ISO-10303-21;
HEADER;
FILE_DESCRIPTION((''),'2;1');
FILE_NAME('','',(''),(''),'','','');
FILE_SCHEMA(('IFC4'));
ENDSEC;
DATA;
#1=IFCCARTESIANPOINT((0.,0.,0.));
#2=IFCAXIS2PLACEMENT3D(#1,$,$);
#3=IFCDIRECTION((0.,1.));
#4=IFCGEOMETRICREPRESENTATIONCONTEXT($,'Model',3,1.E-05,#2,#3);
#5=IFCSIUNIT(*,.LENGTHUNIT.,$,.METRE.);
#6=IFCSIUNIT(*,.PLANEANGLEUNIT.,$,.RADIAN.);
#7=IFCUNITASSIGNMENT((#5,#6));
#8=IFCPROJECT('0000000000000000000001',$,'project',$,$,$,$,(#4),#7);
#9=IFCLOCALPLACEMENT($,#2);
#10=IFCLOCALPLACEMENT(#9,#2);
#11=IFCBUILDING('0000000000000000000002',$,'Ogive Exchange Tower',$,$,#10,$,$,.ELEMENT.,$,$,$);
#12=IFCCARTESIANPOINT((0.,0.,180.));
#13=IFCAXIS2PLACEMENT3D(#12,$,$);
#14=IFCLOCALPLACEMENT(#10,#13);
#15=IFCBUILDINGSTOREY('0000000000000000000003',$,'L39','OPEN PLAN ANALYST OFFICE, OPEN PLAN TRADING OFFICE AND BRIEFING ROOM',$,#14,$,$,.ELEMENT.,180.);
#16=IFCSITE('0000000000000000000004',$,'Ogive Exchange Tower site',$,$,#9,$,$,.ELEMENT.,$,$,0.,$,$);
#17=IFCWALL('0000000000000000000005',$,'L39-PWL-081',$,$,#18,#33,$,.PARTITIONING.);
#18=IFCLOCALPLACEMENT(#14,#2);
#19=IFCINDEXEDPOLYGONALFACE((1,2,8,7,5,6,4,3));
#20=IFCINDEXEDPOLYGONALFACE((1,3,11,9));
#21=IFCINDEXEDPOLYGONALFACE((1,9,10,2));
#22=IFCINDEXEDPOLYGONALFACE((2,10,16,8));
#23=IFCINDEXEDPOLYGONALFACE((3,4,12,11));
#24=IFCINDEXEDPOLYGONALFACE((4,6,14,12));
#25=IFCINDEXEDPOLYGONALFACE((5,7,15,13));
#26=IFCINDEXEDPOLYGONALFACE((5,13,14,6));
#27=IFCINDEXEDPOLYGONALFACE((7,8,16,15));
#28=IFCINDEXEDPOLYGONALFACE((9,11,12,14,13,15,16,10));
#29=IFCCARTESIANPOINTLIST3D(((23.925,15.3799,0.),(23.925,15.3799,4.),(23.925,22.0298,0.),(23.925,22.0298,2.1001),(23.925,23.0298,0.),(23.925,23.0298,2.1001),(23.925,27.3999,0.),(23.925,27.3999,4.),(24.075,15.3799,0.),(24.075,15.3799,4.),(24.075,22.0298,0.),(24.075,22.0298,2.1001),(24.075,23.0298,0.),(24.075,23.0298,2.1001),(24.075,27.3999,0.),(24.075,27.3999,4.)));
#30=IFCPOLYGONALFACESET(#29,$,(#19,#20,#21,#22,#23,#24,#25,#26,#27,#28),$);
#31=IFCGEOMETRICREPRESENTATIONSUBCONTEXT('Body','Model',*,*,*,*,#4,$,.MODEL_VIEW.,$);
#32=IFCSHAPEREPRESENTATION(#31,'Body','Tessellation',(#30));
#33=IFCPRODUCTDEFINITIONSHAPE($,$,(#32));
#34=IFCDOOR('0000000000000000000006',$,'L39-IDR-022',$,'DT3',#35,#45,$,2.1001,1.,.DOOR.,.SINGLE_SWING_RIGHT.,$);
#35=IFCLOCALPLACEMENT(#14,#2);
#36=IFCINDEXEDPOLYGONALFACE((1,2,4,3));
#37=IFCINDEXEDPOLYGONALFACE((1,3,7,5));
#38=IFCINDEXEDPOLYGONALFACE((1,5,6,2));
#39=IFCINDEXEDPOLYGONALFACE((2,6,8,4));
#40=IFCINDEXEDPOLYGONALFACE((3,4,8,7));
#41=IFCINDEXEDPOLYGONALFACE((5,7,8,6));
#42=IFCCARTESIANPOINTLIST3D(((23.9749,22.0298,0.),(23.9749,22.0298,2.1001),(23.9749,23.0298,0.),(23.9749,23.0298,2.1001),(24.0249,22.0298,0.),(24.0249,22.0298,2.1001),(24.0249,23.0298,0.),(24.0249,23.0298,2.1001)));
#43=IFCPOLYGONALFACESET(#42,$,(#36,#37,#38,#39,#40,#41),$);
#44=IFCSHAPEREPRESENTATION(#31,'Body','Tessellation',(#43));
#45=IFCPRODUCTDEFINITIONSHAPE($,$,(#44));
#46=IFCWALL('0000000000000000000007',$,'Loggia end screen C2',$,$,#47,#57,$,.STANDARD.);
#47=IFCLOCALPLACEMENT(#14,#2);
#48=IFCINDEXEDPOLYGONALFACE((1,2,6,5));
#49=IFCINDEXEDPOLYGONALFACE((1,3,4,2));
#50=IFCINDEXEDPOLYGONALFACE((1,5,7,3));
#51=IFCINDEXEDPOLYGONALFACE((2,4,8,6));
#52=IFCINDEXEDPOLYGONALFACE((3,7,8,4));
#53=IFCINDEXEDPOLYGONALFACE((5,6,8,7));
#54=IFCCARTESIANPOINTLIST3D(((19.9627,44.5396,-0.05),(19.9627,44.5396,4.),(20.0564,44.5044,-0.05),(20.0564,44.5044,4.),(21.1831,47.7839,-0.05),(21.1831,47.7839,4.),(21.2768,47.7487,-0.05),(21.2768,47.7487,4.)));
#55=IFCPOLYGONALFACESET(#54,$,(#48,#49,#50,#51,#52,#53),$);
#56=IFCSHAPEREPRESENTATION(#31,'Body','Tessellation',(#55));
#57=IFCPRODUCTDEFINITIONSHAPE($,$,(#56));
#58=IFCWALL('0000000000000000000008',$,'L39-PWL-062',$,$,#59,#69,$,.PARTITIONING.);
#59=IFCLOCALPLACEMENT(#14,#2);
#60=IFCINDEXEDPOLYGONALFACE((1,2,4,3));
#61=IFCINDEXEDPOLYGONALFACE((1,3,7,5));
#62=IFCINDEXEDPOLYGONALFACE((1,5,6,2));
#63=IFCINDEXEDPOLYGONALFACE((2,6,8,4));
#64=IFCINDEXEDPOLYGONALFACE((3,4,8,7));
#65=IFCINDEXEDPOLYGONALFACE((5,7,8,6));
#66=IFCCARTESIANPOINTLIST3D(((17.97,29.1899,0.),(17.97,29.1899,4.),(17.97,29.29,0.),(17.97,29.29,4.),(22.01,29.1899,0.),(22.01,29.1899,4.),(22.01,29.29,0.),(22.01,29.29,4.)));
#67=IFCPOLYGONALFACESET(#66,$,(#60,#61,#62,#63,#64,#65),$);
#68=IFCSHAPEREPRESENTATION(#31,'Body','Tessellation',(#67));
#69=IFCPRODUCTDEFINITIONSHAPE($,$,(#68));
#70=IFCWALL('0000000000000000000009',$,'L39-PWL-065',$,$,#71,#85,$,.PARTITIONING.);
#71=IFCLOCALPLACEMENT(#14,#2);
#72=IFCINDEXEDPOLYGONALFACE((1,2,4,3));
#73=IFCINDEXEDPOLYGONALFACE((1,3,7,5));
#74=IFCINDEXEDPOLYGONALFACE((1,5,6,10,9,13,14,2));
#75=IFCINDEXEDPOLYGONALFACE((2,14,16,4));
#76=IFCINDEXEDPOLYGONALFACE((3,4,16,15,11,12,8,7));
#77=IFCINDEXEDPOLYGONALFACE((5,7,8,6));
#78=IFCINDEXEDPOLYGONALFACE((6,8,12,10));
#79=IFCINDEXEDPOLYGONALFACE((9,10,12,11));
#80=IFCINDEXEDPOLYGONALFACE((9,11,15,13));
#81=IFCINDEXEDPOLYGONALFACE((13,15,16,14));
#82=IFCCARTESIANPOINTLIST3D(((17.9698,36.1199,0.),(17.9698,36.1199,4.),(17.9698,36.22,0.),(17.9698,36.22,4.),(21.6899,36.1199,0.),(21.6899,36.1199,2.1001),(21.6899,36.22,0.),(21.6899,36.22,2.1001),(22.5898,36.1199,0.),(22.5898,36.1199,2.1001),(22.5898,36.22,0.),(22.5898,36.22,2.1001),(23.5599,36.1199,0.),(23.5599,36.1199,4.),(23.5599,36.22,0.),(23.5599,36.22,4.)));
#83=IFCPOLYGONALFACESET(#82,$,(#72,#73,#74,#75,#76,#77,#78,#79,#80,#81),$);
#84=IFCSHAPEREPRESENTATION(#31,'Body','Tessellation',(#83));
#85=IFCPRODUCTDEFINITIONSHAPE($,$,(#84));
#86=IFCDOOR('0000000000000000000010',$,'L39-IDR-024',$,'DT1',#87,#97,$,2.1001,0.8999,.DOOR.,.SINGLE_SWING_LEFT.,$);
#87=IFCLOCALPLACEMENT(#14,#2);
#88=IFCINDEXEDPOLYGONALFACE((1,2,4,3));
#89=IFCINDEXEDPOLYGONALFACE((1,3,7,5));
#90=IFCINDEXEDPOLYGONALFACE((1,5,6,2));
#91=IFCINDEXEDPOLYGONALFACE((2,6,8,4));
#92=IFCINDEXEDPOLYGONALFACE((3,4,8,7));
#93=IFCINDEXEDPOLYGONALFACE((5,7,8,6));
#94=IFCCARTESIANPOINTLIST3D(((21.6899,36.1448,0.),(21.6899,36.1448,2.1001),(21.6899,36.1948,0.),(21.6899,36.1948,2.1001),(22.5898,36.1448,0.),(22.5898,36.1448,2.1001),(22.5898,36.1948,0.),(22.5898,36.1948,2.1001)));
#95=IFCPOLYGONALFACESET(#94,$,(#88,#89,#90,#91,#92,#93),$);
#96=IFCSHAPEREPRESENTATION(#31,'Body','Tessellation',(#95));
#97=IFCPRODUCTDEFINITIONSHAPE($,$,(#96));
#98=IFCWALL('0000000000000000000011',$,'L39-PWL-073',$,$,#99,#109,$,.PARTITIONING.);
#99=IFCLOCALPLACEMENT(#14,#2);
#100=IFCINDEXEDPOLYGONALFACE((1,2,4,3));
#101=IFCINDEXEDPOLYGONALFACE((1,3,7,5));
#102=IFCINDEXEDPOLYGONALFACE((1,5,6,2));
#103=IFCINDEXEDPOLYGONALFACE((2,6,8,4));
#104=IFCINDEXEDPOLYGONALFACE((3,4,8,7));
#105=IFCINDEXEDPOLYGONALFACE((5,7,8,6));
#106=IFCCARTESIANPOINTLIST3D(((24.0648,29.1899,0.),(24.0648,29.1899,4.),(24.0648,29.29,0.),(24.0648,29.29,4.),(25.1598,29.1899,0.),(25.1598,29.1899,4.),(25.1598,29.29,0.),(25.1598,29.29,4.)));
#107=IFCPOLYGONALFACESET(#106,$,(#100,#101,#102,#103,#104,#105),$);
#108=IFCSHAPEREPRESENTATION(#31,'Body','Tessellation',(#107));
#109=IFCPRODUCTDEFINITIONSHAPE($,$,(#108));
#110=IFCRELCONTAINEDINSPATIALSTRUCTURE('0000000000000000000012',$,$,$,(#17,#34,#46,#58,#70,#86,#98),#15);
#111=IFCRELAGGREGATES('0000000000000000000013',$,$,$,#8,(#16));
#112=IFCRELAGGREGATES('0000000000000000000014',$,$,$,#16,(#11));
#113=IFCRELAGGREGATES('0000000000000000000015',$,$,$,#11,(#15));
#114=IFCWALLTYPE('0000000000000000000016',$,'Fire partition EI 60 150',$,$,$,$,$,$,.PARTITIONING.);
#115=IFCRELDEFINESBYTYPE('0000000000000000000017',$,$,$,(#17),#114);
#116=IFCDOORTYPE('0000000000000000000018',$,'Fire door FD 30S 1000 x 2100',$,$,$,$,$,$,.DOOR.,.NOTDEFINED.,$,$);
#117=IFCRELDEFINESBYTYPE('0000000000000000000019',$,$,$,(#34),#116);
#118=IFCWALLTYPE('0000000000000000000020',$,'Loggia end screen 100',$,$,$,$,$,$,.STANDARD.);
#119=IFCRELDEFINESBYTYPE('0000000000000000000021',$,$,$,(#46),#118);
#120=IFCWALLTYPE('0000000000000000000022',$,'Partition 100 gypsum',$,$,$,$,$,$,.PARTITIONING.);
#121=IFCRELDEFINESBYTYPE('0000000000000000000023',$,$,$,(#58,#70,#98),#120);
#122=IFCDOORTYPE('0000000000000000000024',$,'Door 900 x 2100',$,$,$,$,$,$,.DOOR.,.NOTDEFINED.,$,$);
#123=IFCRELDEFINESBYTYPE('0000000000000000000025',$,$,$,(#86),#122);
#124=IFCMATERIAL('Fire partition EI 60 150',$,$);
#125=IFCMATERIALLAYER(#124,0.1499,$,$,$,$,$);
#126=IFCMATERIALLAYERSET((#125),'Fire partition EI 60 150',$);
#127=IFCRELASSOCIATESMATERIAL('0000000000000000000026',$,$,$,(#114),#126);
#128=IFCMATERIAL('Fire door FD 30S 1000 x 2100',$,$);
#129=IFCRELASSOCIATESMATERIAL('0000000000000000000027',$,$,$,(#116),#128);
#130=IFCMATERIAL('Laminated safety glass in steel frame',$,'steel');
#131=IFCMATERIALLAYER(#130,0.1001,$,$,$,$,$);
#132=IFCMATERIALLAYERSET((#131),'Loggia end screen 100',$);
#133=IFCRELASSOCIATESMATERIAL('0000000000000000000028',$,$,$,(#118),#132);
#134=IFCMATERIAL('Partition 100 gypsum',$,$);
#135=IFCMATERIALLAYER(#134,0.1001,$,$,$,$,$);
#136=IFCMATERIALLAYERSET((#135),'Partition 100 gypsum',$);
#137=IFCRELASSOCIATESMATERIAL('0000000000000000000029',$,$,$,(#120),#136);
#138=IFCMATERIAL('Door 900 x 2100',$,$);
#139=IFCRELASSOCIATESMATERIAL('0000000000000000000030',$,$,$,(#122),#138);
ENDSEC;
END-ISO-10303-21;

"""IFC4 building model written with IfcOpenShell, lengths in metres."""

from ifc_helpers import new_model, si_unit, direction, frame, frame_2d, origin, place, context, subcontext, project, spatial, rectangle, extrude, material, layer, layer_set, type_object, element, fill, save


model = new_model("IFC4")

# Units and contexts
model_context = context("Model", 3, precision=1e-05, world=origin(), true_north=direction((0.0, 1.0)))
body_context = subcontext(model_context, "Body", "Model", "MODEL_VIEW")
ifc_project = project(units=[si_unit("LENGTHUNIT", "METRE"), si_unit("PLANEANGLEUNIT", "RADIAN")], contexts=[model_context])

# Site, building, storey
site_placement = place(None, origin())
site = spatial("IfcSite", under=ifc_project, at=site_placement, Name="Ogive Exchange Tower site", CompositionType="ELEMENT", RefElevation=0.0)
building_placement = place(site_placement, origin())
building = spatial("IfcBuilding", under=site, at=building_placement, Name="Ogive Exchange Tower", CompositionType="ELEMENT")
storey_placement = place(building_placement, frame((0.0, 0.0, 180.0)))
storey = spatial("IfcBuildingStorey", under=building, at=storey_placement, Name="L39", Description="OPEN PLAN ANALYST OFFICE, OPEN PLAN TRADING OFFICE AND BRIEFING ROOM", CompositionType="ELEMENT", Elevation=180.0)

# Shared definitions
ifc_material_1 = material(Name="Fire partition EI 60 150")
ifc_layer_1 = layer(ifc_material_1, 0.1499)
ifc_layer_set_1 = layer_set([ifc_layer_1], Name="Fire partition EI 60 150")
wall_type_1 = type_object("IfcWallType", Name="Fire partition EI 60 150", PredefinedType="PARTITIONING", material=ifc_layer_set_1)
ifc_material_2 = material(Name="Fire door FD 30S 1000 x 2100")
door_type_1 = type_object("IfcDoorType", Name="Fire door FD 30S 1000 x 2100", OperationType="NOTDEFINED", PredefinedType="DOOR", material=ifc_material_2)

# Wall, opening, door
wall_1_placement = place(storey_placement, frame((24.0, 27.3999, 0.0), z_axis=(0.0, 0.0, 1.0), x_axis=(0.0, -1.0, 0.0)))
wall_1 = element("IfcWall", 1, at=wall_1_placement, inside=storey, type_object=wall_type_1, Name="L39-PWL-081", PredefinedType="PARTITIONING", context=body_context, shape_type="SweptSolid", body=[
    extrude(rectangle(XDim=12.02, YDim=0.1499, at=frame_2d((6.01, 0.0))), origin(), (0.0, 0.0, 1.0), 4.0),
])
opening_1_placement = place(wall_1_placement, frame((4.3701, 0.0, 0.0)))
opening_1 = element("IfcOpeningElement", 2, at=opening_1_placement, cuts=wall_1, PredefinedType="OPENING", context=body_context, shape_type="SweptSolid", body=[
    extrude(rectangle(XDim=1.0, YDim=2.1001, at=frame_2d((0.5, 1.05))), frame((0.0, 0.085, 0.0), z_axis=(0.0, -1.0, 0.0), x_axis=(1.0, 0.0, 0.0)), (0.0, 0.0, 1.0), 0.1699),
])
door_1_placement = place(opening_1_placement, origin())
door_1 = element("IfcDoor", 3, at=door_1_placement, inside=storey, type_object=door_type_1, Name="L39-IDR-022", ObjectType="DT3", OperationType="SINGLE_SWING_RIGHT", OverallHeight=2.1001, OverallWidth=1.0, PredefinedType="DOOR", context=body_context, shape_type="SweptSolid", body=[
    extrude(rectangle(XDim=1.0, YDim=2.1001, at=frame_2d((0.5, 1.05))), frame((0.0, 0.0249, 0.0), z_axis=(0.0, -1.0, 0.0), x_axis=(1.0, 0.0, 0.0)), (0.0, 0.0, 1.0), 0.05),
])
fill(opening_1, door_1)

# Walls
ifc_material_3 = material(Name="Laminated safety glass in steel frame", Category="steel")
ifc_layer_2 = layer(ifc_material_3, 0.1001)
ifc_layer_set_2 = layer_set([ifc_layer_2], Name="Loggia end screen 100")
wall_type_2 = type_object("IfcWallType", Name="Loggia end screen 100", PredefinedType="STANDARD", material=ifc_layer_set_2)
wall_2_placement = place(storey_placement, frame((20.0095, 44.522, -0.05), z_axis=(0.0, 0.0, 1.0), x_axis=(0.352088, 0.935967, 0.0)))
element("IfcWall", 4, at=wall_2_placement, inside=storey, type_object=wall_type_2, Name="Loggia end screen C2", PredefinedType="STANDARD", context=body_context, shape_type="SweptSolid", body=[
    extrude(rectangle(XDim=3.4663, YDim=0.1001, at=frame_2d((1.7332, 0.0))), origin(), (0.0, 0.0, 1.0), 4.05),
])
ifc_material_4 = material(Name="Partition 100 gypsum")
ifc_layer_3 = layer(ifc_material_4, 0.1001)
ifc_layer_set_3 = layer_set([ifc_layer_3], Name="Partition 100 gypsum")
wall_type_3 = type_object("IfcWallType", Name="Partition 100 gypsum", PredefinedType="PARTITIONING", material=ifc_layer_set_3)
wall_3_placement = place(storey_placement, frame((17.97, 29.24, 0.0), z_axis=(0.0, 0.0, 1.0), x_axis=(1.0, 0.0, 0.0)))
element("IfcWall", 5, at=wall_3_placement, inside=storey, type_object=wall_type_3, Name="L39-PWL-062", PredefinedType="PARTITIONING", context=body_context, shape_type="SweptSolid", body=[
    extrude(rectangle(XDim=4.04, YDim=0.1001, at=frame_2d((2.02, 0.0))), origin(), (0.0, 0.0, 1.0), 4.0),
])

# Wall, opening, door
wall_4_placement = place(storey_placement, frame((17.97, 36.1699, 0.0), z_axis=(0.0, 0.0, 1.0), x_axis=(1.0, 0.0, 0.0)))
wall_4 = element("IfcWall", 6, at=wall_4_placement, inside=storey, type_object=wall_type_3, Name="L39-PWL-065", PredefinedType="PARTITIONING", context=body_context, shape_type="SweptSolid", body=[
    extrude(rectangle(XDim=5.5901, YDim=0.1001, at=frame_2d((2.7949, 0.0))), origin(), (0.0, 0.0, 1.0), 4.0),
])
opening_2_placement = place(wall_4_placement, frame((3.72, 0.0, 0.0)))
opening_2 = element("IfcOpeningElement", 7, at=opening_2_placement, cuts=wall_4, PredefinedType="OPENING", context=body_context, shape_type="SweptSolid", body=[
    extrude(rectangle(XDim=0.8999, YDim=2.1001, at=frame_2d((0.45, 1.05))), frame((0.0, 0.0601, 0.0), z_axis=(0.0, -1.0, 0.0), x_axis=(1.0, 0.0, 0.0)), (0.0, 0.0, 1.0), 0.1201),
])
ifc_material_5 = material(Name="Door 900 x 2100")
door_type_2 = type_object("IfcDoorType", Name="Door 900 x 2100", OperationType="NOTDEFINED", PredefinedType="DOOR", material=ifc_material_5)
door_2_placement = place(opening_2_placement, origin())
door_2 = element("IfcDoor", 8, at=door_2_placement, inside=storey, type_object=door_type_2, Name="L39-IDR-024", ObjectType="DT1", OperationType="SINGLE_SWING_LEFT", OverallHeight=2.1001, OverallWidth=0.8999, PredefinedType="DOOR", context=body_context, shape_type="SweptSolid", body=[
    extrude(rectangle(XDim=0.8999, YDim=2.1001, at=frame_2d((0.45, 1.05))), frame((0.0, 0.0249, 0.0), z_axis=(0.0, -1.0, 0.0), x_axis=(1.0, 0.0, 0.0)), (0.0, 0.0, 1.0), 0.05),
])
fill(opening_2, door_2)

# Wall
wall_5_placement = place(storey_placement, frame((24.0649, 29.24, 0.0), z_axis=(0.0, 0.0, 1.0), x_axis=(1.0, 0.0, 0.0)))
element("IfcWall", 9, at=wall_5_placement, inside=storey, type_object=wall_type_3, Name="L39-PWL-073", PredefinedType="PARTITIONING", context=body_context, shape_type="SweptSolid", body=[
    extrude(rectangle(XDim=1.095, YDim=0.1001, at=frame_2d((0.5474, 0.0))), origin(), (0.0, 0.0, 1.0), 4.0),
])

save(model, "model.ifc")
